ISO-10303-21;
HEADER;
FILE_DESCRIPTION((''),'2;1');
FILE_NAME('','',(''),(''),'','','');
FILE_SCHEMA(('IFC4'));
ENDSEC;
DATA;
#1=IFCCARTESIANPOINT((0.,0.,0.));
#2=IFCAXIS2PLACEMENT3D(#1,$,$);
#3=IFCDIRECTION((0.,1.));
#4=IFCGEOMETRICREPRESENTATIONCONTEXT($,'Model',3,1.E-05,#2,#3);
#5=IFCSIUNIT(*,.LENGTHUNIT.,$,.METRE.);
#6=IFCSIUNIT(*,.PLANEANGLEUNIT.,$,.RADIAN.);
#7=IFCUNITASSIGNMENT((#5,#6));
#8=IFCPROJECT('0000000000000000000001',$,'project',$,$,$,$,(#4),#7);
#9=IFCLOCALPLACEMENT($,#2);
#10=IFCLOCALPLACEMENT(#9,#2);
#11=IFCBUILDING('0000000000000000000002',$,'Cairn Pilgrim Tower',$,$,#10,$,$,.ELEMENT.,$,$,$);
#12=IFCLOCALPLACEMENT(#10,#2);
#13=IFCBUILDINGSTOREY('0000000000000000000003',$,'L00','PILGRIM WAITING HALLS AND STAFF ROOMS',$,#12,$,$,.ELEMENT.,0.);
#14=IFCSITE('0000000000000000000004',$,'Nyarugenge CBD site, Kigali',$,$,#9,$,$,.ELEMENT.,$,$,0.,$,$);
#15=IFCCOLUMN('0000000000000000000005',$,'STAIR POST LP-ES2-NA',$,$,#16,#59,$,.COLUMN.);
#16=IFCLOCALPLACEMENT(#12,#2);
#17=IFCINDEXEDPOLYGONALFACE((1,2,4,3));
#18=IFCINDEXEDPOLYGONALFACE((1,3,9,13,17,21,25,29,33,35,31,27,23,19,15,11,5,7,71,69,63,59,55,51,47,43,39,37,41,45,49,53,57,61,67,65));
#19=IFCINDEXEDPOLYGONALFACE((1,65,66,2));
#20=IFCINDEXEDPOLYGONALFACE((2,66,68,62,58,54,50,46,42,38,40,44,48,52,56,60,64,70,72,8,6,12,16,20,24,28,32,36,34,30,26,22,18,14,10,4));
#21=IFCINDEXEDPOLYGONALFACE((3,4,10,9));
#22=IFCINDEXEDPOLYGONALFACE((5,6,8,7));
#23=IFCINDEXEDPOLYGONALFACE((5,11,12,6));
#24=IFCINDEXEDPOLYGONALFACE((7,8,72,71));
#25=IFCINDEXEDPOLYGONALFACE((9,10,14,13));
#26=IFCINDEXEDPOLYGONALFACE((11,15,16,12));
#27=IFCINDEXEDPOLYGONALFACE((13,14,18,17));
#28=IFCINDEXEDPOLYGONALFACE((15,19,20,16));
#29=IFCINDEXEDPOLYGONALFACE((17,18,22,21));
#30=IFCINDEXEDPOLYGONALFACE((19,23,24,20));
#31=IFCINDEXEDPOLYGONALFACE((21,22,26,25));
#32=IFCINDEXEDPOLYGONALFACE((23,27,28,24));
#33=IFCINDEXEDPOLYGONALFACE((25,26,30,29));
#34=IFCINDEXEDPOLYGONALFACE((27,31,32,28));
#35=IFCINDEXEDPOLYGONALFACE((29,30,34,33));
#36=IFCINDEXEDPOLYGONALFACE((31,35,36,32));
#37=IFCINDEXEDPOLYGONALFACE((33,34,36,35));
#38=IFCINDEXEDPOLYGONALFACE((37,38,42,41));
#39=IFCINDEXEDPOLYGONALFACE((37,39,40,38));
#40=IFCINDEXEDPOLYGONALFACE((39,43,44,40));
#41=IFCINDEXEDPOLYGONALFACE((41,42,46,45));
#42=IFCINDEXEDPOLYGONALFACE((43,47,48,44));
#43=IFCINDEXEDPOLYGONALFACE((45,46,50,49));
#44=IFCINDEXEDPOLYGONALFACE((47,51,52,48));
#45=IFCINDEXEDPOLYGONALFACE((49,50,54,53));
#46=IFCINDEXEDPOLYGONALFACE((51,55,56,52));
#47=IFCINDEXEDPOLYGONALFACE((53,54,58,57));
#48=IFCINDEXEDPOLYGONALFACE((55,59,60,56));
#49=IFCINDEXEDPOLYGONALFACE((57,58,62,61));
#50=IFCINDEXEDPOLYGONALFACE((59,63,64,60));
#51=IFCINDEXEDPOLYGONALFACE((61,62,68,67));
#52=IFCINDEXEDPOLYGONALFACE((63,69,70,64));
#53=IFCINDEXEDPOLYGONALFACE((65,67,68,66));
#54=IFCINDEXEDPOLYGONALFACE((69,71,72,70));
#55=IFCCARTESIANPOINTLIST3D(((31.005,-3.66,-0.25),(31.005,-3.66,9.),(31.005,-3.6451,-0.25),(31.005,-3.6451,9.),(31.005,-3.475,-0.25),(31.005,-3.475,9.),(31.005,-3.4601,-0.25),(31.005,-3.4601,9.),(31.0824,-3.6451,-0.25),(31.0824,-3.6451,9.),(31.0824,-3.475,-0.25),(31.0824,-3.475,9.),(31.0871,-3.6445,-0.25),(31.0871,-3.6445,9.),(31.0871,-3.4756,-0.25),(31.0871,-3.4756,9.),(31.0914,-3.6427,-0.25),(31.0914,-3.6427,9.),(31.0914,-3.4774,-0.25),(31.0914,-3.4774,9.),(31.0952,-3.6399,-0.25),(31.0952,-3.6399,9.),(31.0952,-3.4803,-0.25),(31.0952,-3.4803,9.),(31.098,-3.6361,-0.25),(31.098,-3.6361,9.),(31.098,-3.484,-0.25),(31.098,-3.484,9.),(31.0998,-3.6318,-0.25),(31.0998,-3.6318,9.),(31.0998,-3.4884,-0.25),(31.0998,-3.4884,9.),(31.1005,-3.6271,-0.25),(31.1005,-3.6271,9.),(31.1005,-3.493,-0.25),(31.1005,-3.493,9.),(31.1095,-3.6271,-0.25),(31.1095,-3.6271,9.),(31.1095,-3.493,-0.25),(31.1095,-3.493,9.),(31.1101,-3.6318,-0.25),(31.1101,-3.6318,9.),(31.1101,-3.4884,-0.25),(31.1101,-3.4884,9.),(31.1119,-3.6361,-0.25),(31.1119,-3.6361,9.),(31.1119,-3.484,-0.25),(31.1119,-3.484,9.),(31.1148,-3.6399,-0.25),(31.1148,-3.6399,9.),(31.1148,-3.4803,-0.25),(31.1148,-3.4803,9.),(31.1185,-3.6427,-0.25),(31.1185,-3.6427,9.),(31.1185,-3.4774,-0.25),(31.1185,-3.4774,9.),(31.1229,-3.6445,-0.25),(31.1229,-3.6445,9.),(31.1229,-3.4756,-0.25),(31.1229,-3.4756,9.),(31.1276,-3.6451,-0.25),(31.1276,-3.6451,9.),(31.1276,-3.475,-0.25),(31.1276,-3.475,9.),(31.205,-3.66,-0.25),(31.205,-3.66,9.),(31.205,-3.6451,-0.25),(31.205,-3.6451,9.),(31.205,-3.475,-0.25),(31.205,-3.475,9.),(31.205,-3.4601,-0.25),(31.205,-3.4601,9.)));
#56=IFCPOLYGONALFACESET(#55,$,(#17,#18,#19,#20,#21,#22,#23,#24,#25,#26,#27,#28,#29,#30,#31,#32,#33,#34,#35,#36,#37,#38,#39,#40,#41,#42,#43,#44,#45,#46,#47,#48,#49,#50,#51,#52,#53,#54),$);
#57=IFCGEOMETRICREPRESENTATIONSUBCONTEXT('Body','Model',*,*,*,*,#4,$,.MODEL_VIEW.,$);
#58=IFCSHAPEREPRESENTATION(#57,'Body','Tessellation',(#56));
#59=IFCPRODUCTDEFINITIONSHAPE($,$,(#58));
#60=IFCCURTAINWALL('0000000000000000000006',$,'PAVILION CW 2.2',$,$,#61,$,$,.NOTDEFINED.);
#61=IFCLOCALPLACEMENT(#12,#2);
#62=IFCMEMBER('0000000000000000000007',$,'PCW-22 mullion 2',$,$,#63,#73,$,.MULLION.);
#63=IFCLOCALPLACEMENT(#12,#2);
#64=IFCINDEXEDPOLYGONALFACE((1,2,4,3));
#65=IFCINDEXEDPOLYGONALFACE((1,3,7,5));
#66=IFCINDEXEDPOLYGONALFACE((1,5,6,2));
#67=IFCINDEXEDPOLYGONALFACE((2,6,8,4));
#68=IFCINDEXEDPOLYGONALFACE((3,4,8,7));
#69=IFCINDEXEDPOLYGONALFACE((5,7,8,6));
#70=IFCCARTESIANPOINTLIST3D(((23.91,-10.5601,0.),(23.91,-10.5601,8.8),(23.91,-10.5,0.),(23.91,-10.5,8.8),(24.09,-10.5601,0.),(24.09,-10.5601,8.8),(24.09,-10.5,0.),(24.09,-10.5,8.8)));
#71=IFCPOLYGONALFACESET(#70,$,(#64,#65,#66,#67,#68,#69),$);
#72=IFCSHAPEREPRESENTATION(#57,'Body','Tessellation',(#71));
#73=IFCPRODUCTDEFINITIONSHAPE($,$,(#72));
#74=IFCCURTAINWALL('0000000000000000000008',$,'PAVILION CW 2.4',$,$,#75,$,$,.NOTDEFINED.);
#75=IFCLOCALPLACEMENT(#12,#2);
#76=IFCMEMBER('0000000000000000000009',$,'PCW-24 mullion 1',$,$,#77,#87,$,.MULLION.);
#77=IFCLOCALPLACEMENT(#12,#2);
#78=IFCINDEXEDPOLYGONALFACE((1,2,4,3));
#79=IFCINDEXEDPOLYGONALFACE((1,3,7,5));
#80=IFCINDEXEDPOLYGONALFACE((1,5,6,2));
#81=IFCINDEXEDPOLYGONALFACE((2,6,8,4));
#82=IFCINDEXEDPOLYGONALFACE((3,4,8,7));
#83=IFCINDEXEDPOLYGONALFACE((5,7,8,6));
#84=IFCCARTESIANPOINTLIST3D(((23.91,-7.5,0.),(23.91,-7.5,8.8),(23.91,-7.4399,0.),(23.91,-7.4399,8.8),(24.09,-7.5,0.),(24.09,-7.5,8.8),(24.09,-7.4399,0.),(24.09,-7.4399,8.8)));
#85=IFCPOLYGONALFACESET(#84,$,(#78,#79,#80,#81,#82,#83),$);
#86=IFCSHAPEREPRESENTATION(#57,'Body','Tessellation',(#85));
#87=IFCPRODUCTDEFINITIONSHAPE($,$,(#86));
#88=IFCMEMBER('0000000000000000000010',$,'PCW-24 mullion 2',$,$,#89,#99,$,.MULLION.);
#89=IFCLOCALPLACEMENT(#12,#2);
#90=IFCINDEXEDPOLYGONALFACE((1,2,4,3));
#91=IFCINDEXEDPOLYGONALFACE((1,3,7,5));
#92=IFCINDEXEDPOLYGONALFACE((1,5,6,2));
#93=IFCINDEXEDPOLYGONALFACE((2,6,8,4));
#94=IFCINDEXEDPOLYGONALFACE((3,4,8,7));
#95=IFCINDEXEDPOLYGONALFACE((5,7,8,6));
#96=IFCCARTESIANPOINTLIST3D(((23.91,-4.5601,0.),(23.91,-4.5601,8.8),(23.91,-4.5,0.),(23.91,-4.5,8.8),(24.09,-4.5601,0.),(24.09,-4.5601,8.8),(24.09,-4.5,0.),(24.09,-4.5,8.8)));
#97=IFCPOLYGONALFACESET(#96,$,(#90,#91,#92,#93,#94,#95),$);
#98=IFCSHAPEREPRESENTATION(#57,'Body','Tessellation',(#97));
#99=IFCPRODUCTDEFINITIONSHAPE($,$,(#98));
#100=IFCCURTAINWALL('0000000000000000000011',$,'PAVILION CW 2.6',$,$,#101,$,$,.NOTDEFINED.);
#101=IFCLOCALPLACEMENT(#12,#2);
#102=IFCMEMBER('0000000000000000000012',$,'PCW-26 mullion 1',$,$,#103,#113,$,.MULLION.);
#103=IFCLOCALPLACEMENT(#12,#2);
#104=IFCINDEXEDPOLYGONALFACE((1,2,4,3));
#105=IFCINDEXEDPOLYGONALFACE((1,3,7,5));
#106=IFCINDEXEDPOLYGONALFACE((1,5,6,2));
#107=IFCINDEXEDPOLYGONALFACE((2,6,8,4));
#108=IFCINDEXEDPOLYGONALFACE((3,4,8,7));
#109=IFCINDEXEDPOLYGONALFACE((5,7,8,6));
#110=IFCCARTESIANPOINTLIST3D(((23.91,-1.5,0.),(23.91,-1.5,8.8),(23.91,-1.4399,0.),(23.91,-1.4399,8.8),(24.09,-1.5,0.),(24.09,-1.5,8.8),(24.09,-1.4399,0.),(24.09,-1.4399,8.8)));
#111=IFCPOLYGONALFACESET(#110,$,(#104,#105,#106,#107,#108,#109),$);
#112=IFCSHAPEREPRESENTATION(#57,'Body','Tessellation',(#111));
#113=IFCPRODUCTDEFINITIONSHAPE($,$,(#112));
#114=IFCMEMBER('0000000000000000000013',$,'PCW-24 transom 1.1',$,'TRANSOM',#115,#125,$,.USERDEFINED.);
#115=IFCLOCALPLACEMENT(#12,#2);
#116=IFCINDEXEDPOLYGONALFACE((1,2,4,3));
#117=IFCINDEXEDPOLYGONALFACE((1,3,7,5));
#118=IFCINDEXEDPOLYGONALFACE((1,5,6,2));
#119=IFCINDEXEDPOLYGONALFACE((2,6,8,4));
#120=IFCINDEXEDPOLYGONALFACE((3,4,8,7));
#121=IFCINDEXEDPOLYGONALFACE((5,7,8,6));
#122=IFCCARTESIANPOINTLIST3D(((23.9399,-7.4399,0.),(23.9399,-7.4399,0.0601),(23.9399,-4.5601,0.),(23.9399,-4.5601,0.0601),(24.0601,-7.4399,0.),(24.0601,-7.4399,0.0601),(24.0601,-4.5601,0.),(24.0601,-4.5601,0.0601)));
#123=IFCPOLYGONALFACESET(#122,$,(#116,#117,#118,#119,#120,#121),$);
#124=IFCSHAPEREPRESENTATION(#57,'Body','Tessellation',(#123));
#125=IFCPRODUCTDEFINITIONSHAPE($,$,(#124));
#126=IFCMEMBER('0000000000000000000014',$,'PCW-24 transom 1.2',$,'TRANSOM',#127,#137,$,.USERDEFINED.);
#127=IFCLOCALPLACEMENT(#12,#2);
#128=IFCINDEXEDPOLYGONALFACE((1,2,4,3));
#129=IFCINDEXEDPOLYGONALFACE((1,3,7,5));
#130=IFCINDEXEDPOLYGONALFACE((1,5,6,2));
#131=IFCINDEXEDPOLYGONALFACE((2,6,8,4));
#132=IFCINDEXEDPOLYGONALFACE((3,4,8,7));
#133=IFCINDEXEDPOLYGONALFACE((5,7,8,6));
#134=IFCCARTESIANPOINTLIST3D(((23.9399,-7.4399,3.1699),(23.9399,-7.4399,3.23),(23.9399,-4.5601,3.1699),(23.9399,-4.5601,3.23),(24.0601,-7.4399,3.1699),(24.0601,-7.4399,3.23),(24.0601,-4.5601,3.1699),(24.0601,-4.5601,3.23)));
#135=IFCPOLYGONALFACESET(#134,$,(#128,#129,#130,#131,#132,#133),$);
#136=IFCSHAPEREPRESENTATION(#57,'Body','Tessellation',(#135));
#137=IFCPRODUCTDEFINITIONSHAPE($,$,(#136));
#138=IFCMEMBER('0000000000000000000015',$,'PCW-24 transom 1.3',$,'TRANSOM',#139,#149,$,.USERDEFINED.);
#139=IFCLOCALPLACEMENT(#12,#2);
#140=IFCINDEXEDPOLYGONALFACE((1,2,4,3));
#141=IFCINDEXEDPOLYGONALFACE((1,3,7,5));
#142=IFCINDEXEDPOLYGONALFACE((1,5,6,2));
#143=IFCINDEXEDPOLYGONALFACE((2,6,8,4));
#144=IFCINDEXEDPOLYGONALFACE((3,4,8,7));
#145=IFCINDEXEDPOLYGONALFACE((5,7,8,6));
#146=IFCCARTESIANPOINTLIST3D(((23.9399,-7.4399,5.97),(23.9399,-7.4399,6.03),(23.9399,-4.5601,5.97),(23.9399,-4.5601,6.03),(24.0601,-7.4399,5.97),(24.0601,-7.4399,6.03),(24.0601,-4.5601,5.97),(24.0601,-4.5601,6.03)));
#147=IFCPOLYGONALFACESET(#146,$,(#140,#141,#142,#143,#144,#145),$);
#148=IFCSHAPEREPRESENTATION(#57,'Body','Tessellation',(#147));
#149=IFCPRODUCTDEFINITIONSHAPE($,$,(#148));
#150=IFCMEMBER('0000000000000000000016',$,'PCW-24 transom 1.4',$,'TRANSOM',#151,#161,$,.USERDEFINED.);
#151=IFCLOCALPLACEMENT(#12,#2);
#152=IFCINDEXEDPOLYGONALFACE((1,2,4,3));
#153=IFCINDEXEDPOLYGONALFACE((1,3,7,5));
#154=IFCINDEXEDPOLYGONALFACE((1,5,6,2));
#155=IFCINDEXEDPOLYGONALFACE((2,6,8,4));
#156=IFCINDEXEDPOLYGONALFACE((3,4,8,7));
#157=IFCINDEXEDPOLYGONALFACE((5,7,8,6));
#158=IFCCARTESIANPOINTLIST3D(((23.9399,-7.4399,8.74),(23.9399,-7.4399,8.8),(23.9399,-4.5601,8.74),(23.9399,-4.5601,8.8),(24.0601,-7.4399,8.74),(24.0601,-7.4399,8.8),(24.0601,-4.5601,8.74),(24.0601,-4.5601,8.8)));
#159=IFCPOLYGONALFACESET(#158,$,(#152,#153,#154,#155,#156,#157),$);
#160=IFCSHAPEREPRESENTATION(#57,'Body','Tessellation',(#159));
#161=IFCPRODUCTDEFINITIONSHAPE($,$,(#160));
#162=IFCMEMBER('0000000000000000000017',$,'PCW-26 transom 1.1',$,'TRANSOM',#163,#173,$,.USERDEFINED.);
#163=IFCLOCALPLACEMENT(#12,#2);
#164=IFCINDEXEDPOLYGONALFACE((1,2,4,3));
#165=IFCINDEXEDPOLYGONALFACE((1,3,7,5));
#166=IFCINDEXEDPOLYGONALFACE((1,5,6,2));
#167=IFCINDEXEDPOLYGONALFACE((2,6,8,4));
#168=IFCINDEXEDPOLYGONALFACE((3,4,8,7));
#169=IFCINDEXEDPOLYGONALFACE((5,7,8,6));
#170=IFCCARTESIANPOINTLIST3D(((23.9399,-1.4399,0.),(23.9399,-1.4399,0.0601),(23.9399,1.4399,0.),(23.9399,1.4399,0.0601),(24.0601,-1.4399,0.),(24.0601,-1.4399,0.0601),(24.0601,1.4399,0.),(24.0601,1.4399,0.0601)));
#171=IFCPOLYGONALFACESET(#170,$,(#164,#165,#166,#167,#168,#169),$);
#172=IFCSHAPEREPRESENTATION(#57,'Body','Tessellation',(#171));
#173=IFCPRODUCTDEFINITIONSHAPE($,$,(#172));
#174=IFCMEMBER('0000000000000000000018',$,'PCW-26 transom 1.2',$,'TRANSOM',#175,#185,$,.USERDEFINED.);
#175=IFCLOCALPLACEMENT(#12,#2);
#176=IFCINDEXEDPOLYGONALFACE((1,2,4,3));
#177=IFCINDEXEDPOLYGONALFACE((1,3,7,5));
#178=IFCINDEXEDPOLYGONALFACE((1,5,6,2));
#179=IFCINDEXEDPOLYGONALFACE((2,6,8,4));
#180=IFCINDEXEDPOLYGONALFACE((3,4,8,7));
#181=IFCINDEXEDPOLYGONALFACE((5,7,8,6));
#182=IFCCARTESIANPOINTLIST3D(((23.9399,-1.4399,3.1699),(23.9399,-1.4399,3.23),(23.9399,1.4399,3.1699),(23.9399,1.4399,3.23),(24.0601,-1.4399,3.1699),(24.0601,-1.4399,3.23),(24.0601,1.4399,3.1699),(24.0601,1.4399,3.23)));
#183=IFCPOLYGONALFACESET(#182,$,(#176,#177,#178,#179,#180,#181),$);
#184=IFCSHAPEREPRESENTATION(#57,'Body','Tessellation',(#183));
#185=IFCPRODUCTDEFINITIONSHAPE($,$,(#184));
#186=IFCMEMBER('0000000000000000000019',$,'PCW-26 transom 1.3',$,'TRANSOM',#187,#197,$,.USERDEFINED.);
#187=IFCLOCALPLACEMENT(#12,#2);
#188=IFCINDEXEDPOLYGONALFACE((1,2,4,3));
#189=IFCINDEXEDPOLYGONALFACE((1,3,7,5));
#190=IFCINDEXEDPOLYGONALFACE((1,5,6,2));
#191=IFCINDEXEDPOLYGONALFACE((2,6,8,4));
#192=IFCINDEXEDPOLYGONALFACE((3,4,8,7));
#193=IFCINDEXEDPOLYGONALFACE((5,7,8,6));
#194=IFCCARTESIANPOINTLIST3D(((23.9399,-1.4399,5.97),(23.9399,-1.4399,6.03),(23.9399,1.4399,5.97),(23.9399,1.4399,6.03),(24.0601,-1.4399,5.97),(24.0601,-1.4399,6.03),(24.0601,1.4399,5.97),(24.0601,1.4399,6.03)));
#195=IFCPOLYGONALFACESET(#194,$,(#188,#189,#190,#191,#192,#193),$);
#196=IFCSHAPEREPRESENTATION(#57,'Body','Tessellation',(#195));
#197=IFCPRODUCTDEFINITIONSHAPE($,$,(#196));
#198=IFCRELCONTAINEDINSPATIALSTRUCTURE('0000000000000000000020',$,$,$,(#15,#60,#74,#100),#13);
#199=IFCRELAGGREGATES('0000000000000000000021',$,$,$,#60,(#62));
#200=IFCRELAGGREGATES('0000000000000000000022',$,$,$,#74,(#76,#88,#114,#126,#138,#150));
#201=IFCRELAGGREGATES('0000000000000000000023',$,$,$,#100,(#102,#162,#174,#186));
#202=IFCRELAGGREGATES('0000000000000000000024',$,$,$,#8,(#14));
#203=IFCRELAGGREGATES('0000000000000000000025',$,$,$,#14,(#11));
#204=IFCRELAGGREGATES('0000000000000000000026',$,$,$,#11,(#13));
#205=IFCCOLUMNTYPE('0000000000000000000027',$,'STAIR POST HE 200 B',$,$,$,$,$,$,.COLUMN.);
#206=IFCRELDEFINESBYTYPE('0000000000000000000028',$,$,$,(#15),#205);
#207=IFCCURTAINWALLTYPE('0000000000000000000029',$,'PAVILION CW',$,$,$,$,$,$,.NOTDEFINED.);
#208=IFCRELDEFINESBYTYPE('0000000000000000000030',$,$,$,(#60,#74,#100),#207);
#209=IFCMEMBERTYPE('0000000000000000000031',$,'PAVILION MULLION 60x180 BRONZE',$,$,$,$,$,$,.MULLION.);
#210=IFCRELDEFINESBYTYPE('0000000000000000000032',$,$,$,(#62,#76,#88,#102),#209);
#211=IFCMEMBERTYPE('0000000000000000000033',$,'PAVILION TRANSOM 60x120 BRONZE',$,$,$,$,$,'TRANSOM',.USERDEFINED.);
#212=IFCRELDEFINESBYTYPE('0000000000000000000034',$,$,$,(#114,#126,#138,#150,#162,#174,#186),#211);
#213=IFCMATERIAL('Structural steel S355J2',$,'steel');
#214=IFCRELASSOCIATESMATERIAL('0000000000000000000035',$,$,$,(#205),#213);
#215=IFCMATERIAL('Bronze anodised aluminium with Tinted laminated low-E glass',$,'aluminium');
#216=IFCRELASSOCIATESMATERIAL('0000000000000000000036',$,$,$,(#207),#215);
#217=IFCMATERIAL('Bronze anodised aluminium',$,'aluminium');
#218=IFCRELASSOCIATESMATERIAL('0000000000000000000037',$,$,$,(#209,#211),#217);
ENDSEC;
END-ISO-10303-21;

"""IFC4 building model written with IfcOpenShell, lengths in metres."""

from ifc_helpers import new_model, si_unit, direction, frame, origin, origin_2d, place, context, subcontext, project, spatial, rectangle, i_section, extrude, material, material_profile, profile_set, type_object, element, aggregate, save


model = new_model("IFC4")

# Units and contexts
model_context = context("Model", 3, precision=1e-05, world=origin(), true_north=direction((0.0, 1.0)))
body_context = subcontext(model_context, "Body", "Model", "MODEL_VIEW")
ifc_project = project(units=[si_unit("LENGTHUNIT", "METRE"), si_unit("PLANEANGLEUNIT", "RADIAN")], contexts=[model_context])

# Site, building, storey
site_placement = place(None, origin())
site = spatial("IfcSite", under=ifc_project, at=site_placement, Name="Nyarugenge CBD site, Kigali", CompositionType="ELEMENT", RefElevation=0.0)
building_placement = place(site_placement, origin())
building = spatial("IfcBuilding", under=site, at=building_placement, Name="Cairn Pilgrim Tower", CompositionType="ELEMENT")
storey_placement = place(building_placement, origin())
storey = spatial("IfcBuildingStorey", under=building, at=storey_placement, Name="L00", Description="PILGRIM WAITING HALLS AND STAFF ROOMS", CompositionType="ELEMENT", Elevation=0.0)

# Column
ifc_material_1 = material(Name="Structural steel S355J2", Category="steel")
ifc_material_profile_1 = material_profile(ifc_material_1, i_section(OverallWidth=0.2, OverallDepth=0.2, WebThickness=0.009, FlangeThickness=0.0149, FilletRadius=0.0181, at=origin_2d()), Name="HE 200 B")
ifc_profile_set_1 = profile_set([ifc_material_profile_1], Name="Structural steel S355J2")
column_type_1 = type_object("IfcColumnType", Name="STAIR POST HE 200 B", PredefinedType="COLUMN", material=ifc_profile_set_1)
column_1_placement = place(storey_placement, frame((31.105, -3.5601, -0.25), z_axis=(0.0, 0.0, 1.0), x_axis=(1.0, 0.0, 0.0)))
element("IfcColumn", 1, at=column_1_placement, inside=storey, type_object=column_type_1, Name="STAIR POST LP-ES2-NA", PredefinedType="COLUMN", context=body_context, shape_type="SweptSolid", body=[
    extrude(i_section(OverallWidth=0.2, OverallDepth=0.2, WebThickness=0.009, FlangeThickness=0.0149, FilletRadius=0.0181, at=origin_2d()), origin(), (0.0, 0.0, 1.0), 9.25),
])

# Curtain wall, member
ifc_material_2 = material(Name="Bronze anodised aluminium with Tinted laminated low-E glass", Category="aluminium")
curtain_wall_type = type_object("IfcCurtainWallType", Name="PAVILION CW", PredefinedType="NOTDEFINED", material=ifc_material_2)
curtain_wall_1_placement = place(storey_placement, origin())
curtain_wall_1 = element("IfcCurtainWall", 2, at=curtain_wall_1_placement, inside=storey, type_object=curtain_wall_type, Name="PAVILION CW 2.2", PredefinedType="NOTDEFINED")
ifc_material_3 = material(Name="Bronze anodised aluminium", Category="aluminium")
ifc_material_profile_2 = material_profile(ifc_material_3, rectangle(XDim=0.1799, YDim=0.0601, at=origin_2d()), Name="PAVILION MULLION 60x180 BRONZE")
ifc_profile_set_2 = profile_set([ifc_material_profile_2], Name="Bronze anodised aluminium")
member_type_1 = type_object("IfcMemberType", Name="PAVILION MULLION 60x180 BRONZE", PredefinedType="MULLION", material=ifc_profile_set_2)
member_1_placement = place(storey_placement, frame((24.0, -10.53, 0.0), z_axis=(0.0, 0.0, 1.0), x_axis=(-1.0, 0.0, 0.0)))
member_1 = element("IfcMember", 3, at=member_1_placement, type_object=member_type_1, Name="PCW-22 mullion 2", PredefinedType="MULLION", context=body_context, shape_type="SweptSolid", body=[
    extrude(rectangle(XDim=0.1799, YDim=0.0601, at=origin_2d()), origin(), (0.0, 0.0, 1.0), 8.8),
])
aggregate(curtain_wall_1, [member_1])

# Curtain wall, members
curtain_wall_2_placement = place(storey_placement, origin())
curtain_wall_2 = element("IfcCurtainWall", 4, at=curtain_wall_2_placement, inside=storey, type_object=curtain_wall_type, Name="PAVILION CW 2.4", PredefinedType="NOTDEFINED")
member_2_placement = place(storey_placement, frame((24.0, -7.47, 0.0), z_axis=(0.0, 0.0, 1.0), x_axis=(-1.0, 0.0, 0.0)))
member_2 = element("IfcMember", 5, at=member_2_placement, type_object=member_type_1, Name="PCW-24 mullion 1", PredefinedType="MULLION", context=body_context, shape_type="SweptSolid", body=[
    extrude(rectangle(XDim=0.1799, YDim=0.0601, at=origin_2d()), origin(), (0.0, 0.0, 1.0), 8.8),
])
member_3_placement = place(storey_placement, frame((24.0, -4.53, 0.0), z_axis=(0.0, 0.0, 1.0), x_axis=(-1.0, 0.0, 0.0)))
member_3 = element("IfcMember", 6, at=member_3_placement, type_object=member_type_1, Name="PCW-24 mullion 2", PredefinedType="MULLION", context=body_context, shape_type="SweptSolid", body=[
    extrude(rectangle(XDim=0.1799, YDim=0.0601, at=origin_2d()), origin(), (0.0, 0.0, 1.0), 8.8),
])

# Curtain wall, member
curtain_wall_3_placement = place(storey_placement, origin())
curtain_wall_3 = element("IfcCurtainWall", 7, at=curtain_wall_3_placement, inside=storey, type_object=curtain_wall_type, Name="PAVILION CW 2.6", PredefinedType="NOTDEFINED")
member_4_placement = place(storey_placement, frame((24.0, -1.47, 0.0), z_axis=(0.0, 0.0, 1.0), x_axis=(-1.0, 0.0, 0.0)))
member_4 = element("IfcMember", 8, at=member_4_placement, type_object=member_type_1, Name="PCW-26 mullion 1", PredefinedType="MULLION", context=body_context, shape_type="SweptSolid", body=[
    extrude(rectangle(XDim=0.1799, YDim=0.0601, at=origin_2d()), origin(), (0.0, 0.0, 1.0), 8.8),
])

# Members
ifc_material_profile_3 = material_profile(ifc_material_3, rectangle(XDim=0.1201, YDim=0.0601, at=origin_2d()), Name="PAVILION TRANSOM 60x120 BRONZE")
ifc_profile_set_3 = profile_set([ifc_material_profile_3], Name="Bronze anodised aluminium")
member_type_2 = type_object("IfcMemberType", Name="PAVILION TRANSOM 60x120 BRONZE", ElementType="TRANSOM", PredefinedType="USERDEFINED", material=ifc_profile_set_3)
member_5_placement = place(storey_placement, frame((24.0, -7.4399, 0.03), z_axis=(0.0, 1.0, 0.0), x_axis=(-1.0, 0.0, 0.0)))
member_5 = element("IfcMember", 9, at=member_5_placement, type_object=member_type_2, Name="PCW-24 transom 1.1", ObjectType="TRANSOM", PredefinedType="USERDEFINED", context=body_context, shape_type="SweptSolid", body=[
    extrude(rectangle(XDim=0.1201, YDim=0.0601, at=origin_2d()), origin(), (0.0, 0.0, 1.0), 2.8799),
])
member_6_placement = place(storey_placement, frame((24.0, -7.4399, 3.2), z_axis=(0.0, 1.0, 0.0), x_axis=(-1.0, 0.0, 0.0)))
member_6 = element("IfcMember", 10, at=member_6_placement, type_object=member_type_2, Name="PCW-24 transom 1.2", ObjectType="TRANSOM", PredefinedType="USERDEFINED", context=body_context, shape_type="SweptSolid", body=[
    extrude(rectangle(XDim=0.1201, YDim=0.0601, at=origin_2d()), origin(), (0.0, 0.0, 1.0), 2.8799),
])
member_7_placement = place(storey_placement, frame((24.0, -7.4399, 6.0), z_axis=(0.0, 1.0, 0.0), x_axis=(-1.0, 0.0, 0.0)))
member_7 = element("IfcMember", 11, at=member_7_placement, type_object=member_type_2, Name="PCW-24 transom 1.3", ObjectType="TRANSOM", PredefinedType="USERDEFINED", context=body_context, shape_type="SweptSolid", body=[
    extrude(rectangle(XDim=0.1201, YDim=0.0601, at=origin_2d()), origin(), (0.0, 0.0, 1.0), 2.8799),
])
member_8_placement = place(storey_placement, frame((24.0, -7.4399, 8.77), z_axis=(0.0, 1.0, 0.0), x_axis=(-1.0, 0.0, 0.0)))
member_8 = element("IfcMember", 12, at=member_8_placement, type_object=member_type_2, Name="PCW-24 transom 1.4", ObjectType="TRANSOM", PredefinedType="USERDEFINED", context=body_context, shape_type="SweptSolid", body=[
    extrude(rectangle(XDim=0.1201, YDim=0.0601, at=origin_2d()), origin(), (0.0, 0.0, 1.0), 2.8799),
])
member_9_placement = place(storey_placement, frame((24.0, -1.4399, 0.03), z_axis=(0.0, 1.0, 0.0), x_axis=(-1.0, 0.0, 0.0)))
member_9 = element("IfcMember", 13, at=member_9_placement, type_object=member_type_2, Name="PCW-26 transom 1.1", ObjectType="TRANSOM", PredefinedType="USERDEFINED", context=body_context, shape_type="SweptSolid", body=[
    extrude(rectangle(XDim=0.1201, YDim=0.0601, at=origin_2d()), origin(), (0.0, 0.0, 1.0), 2.8799),
])
member_10_placement = place(storey_placement, frame((24.0, -1.4399, 3.2), z_axis=(0.0, 1.0, 0.0), x_axis=(-1.0, 0.0, 0.0)))
member_10 = element("IfcMember", 14, at=member_10_placement, type_object=member_type_2, Name="PCW-26 transom 1.2", ObjectType="TRANSOM", PredefinedType="USERDEFINED", context=body_context, shape_type="SweptSolid", body=[
    extrude(rectangle(XDim=0.1201, YDim=0.0601, at=origin_2d()), origin(), (0.0, 0.0, 1.0), 2.8799),
])
member_11_placement = place(storey_placement, frame((24.0, -1.4399, 6.0), z_axis=(0.0, 1.0, 0.0), x_axis=(-1.0, 0.0, 0.0)))
member_11 = element("IfcMember", 15, at=member_11_placement, type_object=member_type_2, Name="PCW-26 transom 1.3", ObjectType="TRANSOM", PredefinedType="USERDEFINED", context=body_context, shape_type="SweptSolid", body=[
    extrude(rectangle(XDim=0.1201, YDim=0.0601, at=origin_2d()), origin(), (0.0, 0.0, 1.0), 2.8799),
])

aggregate(curtain_wall_2, [member_2, member_3, member_5, member_6, member_7, member_8])
aggregate(curtain_wall_3, [member_4, member_9, member_10, member_11])

save(model, "model.ifc")
